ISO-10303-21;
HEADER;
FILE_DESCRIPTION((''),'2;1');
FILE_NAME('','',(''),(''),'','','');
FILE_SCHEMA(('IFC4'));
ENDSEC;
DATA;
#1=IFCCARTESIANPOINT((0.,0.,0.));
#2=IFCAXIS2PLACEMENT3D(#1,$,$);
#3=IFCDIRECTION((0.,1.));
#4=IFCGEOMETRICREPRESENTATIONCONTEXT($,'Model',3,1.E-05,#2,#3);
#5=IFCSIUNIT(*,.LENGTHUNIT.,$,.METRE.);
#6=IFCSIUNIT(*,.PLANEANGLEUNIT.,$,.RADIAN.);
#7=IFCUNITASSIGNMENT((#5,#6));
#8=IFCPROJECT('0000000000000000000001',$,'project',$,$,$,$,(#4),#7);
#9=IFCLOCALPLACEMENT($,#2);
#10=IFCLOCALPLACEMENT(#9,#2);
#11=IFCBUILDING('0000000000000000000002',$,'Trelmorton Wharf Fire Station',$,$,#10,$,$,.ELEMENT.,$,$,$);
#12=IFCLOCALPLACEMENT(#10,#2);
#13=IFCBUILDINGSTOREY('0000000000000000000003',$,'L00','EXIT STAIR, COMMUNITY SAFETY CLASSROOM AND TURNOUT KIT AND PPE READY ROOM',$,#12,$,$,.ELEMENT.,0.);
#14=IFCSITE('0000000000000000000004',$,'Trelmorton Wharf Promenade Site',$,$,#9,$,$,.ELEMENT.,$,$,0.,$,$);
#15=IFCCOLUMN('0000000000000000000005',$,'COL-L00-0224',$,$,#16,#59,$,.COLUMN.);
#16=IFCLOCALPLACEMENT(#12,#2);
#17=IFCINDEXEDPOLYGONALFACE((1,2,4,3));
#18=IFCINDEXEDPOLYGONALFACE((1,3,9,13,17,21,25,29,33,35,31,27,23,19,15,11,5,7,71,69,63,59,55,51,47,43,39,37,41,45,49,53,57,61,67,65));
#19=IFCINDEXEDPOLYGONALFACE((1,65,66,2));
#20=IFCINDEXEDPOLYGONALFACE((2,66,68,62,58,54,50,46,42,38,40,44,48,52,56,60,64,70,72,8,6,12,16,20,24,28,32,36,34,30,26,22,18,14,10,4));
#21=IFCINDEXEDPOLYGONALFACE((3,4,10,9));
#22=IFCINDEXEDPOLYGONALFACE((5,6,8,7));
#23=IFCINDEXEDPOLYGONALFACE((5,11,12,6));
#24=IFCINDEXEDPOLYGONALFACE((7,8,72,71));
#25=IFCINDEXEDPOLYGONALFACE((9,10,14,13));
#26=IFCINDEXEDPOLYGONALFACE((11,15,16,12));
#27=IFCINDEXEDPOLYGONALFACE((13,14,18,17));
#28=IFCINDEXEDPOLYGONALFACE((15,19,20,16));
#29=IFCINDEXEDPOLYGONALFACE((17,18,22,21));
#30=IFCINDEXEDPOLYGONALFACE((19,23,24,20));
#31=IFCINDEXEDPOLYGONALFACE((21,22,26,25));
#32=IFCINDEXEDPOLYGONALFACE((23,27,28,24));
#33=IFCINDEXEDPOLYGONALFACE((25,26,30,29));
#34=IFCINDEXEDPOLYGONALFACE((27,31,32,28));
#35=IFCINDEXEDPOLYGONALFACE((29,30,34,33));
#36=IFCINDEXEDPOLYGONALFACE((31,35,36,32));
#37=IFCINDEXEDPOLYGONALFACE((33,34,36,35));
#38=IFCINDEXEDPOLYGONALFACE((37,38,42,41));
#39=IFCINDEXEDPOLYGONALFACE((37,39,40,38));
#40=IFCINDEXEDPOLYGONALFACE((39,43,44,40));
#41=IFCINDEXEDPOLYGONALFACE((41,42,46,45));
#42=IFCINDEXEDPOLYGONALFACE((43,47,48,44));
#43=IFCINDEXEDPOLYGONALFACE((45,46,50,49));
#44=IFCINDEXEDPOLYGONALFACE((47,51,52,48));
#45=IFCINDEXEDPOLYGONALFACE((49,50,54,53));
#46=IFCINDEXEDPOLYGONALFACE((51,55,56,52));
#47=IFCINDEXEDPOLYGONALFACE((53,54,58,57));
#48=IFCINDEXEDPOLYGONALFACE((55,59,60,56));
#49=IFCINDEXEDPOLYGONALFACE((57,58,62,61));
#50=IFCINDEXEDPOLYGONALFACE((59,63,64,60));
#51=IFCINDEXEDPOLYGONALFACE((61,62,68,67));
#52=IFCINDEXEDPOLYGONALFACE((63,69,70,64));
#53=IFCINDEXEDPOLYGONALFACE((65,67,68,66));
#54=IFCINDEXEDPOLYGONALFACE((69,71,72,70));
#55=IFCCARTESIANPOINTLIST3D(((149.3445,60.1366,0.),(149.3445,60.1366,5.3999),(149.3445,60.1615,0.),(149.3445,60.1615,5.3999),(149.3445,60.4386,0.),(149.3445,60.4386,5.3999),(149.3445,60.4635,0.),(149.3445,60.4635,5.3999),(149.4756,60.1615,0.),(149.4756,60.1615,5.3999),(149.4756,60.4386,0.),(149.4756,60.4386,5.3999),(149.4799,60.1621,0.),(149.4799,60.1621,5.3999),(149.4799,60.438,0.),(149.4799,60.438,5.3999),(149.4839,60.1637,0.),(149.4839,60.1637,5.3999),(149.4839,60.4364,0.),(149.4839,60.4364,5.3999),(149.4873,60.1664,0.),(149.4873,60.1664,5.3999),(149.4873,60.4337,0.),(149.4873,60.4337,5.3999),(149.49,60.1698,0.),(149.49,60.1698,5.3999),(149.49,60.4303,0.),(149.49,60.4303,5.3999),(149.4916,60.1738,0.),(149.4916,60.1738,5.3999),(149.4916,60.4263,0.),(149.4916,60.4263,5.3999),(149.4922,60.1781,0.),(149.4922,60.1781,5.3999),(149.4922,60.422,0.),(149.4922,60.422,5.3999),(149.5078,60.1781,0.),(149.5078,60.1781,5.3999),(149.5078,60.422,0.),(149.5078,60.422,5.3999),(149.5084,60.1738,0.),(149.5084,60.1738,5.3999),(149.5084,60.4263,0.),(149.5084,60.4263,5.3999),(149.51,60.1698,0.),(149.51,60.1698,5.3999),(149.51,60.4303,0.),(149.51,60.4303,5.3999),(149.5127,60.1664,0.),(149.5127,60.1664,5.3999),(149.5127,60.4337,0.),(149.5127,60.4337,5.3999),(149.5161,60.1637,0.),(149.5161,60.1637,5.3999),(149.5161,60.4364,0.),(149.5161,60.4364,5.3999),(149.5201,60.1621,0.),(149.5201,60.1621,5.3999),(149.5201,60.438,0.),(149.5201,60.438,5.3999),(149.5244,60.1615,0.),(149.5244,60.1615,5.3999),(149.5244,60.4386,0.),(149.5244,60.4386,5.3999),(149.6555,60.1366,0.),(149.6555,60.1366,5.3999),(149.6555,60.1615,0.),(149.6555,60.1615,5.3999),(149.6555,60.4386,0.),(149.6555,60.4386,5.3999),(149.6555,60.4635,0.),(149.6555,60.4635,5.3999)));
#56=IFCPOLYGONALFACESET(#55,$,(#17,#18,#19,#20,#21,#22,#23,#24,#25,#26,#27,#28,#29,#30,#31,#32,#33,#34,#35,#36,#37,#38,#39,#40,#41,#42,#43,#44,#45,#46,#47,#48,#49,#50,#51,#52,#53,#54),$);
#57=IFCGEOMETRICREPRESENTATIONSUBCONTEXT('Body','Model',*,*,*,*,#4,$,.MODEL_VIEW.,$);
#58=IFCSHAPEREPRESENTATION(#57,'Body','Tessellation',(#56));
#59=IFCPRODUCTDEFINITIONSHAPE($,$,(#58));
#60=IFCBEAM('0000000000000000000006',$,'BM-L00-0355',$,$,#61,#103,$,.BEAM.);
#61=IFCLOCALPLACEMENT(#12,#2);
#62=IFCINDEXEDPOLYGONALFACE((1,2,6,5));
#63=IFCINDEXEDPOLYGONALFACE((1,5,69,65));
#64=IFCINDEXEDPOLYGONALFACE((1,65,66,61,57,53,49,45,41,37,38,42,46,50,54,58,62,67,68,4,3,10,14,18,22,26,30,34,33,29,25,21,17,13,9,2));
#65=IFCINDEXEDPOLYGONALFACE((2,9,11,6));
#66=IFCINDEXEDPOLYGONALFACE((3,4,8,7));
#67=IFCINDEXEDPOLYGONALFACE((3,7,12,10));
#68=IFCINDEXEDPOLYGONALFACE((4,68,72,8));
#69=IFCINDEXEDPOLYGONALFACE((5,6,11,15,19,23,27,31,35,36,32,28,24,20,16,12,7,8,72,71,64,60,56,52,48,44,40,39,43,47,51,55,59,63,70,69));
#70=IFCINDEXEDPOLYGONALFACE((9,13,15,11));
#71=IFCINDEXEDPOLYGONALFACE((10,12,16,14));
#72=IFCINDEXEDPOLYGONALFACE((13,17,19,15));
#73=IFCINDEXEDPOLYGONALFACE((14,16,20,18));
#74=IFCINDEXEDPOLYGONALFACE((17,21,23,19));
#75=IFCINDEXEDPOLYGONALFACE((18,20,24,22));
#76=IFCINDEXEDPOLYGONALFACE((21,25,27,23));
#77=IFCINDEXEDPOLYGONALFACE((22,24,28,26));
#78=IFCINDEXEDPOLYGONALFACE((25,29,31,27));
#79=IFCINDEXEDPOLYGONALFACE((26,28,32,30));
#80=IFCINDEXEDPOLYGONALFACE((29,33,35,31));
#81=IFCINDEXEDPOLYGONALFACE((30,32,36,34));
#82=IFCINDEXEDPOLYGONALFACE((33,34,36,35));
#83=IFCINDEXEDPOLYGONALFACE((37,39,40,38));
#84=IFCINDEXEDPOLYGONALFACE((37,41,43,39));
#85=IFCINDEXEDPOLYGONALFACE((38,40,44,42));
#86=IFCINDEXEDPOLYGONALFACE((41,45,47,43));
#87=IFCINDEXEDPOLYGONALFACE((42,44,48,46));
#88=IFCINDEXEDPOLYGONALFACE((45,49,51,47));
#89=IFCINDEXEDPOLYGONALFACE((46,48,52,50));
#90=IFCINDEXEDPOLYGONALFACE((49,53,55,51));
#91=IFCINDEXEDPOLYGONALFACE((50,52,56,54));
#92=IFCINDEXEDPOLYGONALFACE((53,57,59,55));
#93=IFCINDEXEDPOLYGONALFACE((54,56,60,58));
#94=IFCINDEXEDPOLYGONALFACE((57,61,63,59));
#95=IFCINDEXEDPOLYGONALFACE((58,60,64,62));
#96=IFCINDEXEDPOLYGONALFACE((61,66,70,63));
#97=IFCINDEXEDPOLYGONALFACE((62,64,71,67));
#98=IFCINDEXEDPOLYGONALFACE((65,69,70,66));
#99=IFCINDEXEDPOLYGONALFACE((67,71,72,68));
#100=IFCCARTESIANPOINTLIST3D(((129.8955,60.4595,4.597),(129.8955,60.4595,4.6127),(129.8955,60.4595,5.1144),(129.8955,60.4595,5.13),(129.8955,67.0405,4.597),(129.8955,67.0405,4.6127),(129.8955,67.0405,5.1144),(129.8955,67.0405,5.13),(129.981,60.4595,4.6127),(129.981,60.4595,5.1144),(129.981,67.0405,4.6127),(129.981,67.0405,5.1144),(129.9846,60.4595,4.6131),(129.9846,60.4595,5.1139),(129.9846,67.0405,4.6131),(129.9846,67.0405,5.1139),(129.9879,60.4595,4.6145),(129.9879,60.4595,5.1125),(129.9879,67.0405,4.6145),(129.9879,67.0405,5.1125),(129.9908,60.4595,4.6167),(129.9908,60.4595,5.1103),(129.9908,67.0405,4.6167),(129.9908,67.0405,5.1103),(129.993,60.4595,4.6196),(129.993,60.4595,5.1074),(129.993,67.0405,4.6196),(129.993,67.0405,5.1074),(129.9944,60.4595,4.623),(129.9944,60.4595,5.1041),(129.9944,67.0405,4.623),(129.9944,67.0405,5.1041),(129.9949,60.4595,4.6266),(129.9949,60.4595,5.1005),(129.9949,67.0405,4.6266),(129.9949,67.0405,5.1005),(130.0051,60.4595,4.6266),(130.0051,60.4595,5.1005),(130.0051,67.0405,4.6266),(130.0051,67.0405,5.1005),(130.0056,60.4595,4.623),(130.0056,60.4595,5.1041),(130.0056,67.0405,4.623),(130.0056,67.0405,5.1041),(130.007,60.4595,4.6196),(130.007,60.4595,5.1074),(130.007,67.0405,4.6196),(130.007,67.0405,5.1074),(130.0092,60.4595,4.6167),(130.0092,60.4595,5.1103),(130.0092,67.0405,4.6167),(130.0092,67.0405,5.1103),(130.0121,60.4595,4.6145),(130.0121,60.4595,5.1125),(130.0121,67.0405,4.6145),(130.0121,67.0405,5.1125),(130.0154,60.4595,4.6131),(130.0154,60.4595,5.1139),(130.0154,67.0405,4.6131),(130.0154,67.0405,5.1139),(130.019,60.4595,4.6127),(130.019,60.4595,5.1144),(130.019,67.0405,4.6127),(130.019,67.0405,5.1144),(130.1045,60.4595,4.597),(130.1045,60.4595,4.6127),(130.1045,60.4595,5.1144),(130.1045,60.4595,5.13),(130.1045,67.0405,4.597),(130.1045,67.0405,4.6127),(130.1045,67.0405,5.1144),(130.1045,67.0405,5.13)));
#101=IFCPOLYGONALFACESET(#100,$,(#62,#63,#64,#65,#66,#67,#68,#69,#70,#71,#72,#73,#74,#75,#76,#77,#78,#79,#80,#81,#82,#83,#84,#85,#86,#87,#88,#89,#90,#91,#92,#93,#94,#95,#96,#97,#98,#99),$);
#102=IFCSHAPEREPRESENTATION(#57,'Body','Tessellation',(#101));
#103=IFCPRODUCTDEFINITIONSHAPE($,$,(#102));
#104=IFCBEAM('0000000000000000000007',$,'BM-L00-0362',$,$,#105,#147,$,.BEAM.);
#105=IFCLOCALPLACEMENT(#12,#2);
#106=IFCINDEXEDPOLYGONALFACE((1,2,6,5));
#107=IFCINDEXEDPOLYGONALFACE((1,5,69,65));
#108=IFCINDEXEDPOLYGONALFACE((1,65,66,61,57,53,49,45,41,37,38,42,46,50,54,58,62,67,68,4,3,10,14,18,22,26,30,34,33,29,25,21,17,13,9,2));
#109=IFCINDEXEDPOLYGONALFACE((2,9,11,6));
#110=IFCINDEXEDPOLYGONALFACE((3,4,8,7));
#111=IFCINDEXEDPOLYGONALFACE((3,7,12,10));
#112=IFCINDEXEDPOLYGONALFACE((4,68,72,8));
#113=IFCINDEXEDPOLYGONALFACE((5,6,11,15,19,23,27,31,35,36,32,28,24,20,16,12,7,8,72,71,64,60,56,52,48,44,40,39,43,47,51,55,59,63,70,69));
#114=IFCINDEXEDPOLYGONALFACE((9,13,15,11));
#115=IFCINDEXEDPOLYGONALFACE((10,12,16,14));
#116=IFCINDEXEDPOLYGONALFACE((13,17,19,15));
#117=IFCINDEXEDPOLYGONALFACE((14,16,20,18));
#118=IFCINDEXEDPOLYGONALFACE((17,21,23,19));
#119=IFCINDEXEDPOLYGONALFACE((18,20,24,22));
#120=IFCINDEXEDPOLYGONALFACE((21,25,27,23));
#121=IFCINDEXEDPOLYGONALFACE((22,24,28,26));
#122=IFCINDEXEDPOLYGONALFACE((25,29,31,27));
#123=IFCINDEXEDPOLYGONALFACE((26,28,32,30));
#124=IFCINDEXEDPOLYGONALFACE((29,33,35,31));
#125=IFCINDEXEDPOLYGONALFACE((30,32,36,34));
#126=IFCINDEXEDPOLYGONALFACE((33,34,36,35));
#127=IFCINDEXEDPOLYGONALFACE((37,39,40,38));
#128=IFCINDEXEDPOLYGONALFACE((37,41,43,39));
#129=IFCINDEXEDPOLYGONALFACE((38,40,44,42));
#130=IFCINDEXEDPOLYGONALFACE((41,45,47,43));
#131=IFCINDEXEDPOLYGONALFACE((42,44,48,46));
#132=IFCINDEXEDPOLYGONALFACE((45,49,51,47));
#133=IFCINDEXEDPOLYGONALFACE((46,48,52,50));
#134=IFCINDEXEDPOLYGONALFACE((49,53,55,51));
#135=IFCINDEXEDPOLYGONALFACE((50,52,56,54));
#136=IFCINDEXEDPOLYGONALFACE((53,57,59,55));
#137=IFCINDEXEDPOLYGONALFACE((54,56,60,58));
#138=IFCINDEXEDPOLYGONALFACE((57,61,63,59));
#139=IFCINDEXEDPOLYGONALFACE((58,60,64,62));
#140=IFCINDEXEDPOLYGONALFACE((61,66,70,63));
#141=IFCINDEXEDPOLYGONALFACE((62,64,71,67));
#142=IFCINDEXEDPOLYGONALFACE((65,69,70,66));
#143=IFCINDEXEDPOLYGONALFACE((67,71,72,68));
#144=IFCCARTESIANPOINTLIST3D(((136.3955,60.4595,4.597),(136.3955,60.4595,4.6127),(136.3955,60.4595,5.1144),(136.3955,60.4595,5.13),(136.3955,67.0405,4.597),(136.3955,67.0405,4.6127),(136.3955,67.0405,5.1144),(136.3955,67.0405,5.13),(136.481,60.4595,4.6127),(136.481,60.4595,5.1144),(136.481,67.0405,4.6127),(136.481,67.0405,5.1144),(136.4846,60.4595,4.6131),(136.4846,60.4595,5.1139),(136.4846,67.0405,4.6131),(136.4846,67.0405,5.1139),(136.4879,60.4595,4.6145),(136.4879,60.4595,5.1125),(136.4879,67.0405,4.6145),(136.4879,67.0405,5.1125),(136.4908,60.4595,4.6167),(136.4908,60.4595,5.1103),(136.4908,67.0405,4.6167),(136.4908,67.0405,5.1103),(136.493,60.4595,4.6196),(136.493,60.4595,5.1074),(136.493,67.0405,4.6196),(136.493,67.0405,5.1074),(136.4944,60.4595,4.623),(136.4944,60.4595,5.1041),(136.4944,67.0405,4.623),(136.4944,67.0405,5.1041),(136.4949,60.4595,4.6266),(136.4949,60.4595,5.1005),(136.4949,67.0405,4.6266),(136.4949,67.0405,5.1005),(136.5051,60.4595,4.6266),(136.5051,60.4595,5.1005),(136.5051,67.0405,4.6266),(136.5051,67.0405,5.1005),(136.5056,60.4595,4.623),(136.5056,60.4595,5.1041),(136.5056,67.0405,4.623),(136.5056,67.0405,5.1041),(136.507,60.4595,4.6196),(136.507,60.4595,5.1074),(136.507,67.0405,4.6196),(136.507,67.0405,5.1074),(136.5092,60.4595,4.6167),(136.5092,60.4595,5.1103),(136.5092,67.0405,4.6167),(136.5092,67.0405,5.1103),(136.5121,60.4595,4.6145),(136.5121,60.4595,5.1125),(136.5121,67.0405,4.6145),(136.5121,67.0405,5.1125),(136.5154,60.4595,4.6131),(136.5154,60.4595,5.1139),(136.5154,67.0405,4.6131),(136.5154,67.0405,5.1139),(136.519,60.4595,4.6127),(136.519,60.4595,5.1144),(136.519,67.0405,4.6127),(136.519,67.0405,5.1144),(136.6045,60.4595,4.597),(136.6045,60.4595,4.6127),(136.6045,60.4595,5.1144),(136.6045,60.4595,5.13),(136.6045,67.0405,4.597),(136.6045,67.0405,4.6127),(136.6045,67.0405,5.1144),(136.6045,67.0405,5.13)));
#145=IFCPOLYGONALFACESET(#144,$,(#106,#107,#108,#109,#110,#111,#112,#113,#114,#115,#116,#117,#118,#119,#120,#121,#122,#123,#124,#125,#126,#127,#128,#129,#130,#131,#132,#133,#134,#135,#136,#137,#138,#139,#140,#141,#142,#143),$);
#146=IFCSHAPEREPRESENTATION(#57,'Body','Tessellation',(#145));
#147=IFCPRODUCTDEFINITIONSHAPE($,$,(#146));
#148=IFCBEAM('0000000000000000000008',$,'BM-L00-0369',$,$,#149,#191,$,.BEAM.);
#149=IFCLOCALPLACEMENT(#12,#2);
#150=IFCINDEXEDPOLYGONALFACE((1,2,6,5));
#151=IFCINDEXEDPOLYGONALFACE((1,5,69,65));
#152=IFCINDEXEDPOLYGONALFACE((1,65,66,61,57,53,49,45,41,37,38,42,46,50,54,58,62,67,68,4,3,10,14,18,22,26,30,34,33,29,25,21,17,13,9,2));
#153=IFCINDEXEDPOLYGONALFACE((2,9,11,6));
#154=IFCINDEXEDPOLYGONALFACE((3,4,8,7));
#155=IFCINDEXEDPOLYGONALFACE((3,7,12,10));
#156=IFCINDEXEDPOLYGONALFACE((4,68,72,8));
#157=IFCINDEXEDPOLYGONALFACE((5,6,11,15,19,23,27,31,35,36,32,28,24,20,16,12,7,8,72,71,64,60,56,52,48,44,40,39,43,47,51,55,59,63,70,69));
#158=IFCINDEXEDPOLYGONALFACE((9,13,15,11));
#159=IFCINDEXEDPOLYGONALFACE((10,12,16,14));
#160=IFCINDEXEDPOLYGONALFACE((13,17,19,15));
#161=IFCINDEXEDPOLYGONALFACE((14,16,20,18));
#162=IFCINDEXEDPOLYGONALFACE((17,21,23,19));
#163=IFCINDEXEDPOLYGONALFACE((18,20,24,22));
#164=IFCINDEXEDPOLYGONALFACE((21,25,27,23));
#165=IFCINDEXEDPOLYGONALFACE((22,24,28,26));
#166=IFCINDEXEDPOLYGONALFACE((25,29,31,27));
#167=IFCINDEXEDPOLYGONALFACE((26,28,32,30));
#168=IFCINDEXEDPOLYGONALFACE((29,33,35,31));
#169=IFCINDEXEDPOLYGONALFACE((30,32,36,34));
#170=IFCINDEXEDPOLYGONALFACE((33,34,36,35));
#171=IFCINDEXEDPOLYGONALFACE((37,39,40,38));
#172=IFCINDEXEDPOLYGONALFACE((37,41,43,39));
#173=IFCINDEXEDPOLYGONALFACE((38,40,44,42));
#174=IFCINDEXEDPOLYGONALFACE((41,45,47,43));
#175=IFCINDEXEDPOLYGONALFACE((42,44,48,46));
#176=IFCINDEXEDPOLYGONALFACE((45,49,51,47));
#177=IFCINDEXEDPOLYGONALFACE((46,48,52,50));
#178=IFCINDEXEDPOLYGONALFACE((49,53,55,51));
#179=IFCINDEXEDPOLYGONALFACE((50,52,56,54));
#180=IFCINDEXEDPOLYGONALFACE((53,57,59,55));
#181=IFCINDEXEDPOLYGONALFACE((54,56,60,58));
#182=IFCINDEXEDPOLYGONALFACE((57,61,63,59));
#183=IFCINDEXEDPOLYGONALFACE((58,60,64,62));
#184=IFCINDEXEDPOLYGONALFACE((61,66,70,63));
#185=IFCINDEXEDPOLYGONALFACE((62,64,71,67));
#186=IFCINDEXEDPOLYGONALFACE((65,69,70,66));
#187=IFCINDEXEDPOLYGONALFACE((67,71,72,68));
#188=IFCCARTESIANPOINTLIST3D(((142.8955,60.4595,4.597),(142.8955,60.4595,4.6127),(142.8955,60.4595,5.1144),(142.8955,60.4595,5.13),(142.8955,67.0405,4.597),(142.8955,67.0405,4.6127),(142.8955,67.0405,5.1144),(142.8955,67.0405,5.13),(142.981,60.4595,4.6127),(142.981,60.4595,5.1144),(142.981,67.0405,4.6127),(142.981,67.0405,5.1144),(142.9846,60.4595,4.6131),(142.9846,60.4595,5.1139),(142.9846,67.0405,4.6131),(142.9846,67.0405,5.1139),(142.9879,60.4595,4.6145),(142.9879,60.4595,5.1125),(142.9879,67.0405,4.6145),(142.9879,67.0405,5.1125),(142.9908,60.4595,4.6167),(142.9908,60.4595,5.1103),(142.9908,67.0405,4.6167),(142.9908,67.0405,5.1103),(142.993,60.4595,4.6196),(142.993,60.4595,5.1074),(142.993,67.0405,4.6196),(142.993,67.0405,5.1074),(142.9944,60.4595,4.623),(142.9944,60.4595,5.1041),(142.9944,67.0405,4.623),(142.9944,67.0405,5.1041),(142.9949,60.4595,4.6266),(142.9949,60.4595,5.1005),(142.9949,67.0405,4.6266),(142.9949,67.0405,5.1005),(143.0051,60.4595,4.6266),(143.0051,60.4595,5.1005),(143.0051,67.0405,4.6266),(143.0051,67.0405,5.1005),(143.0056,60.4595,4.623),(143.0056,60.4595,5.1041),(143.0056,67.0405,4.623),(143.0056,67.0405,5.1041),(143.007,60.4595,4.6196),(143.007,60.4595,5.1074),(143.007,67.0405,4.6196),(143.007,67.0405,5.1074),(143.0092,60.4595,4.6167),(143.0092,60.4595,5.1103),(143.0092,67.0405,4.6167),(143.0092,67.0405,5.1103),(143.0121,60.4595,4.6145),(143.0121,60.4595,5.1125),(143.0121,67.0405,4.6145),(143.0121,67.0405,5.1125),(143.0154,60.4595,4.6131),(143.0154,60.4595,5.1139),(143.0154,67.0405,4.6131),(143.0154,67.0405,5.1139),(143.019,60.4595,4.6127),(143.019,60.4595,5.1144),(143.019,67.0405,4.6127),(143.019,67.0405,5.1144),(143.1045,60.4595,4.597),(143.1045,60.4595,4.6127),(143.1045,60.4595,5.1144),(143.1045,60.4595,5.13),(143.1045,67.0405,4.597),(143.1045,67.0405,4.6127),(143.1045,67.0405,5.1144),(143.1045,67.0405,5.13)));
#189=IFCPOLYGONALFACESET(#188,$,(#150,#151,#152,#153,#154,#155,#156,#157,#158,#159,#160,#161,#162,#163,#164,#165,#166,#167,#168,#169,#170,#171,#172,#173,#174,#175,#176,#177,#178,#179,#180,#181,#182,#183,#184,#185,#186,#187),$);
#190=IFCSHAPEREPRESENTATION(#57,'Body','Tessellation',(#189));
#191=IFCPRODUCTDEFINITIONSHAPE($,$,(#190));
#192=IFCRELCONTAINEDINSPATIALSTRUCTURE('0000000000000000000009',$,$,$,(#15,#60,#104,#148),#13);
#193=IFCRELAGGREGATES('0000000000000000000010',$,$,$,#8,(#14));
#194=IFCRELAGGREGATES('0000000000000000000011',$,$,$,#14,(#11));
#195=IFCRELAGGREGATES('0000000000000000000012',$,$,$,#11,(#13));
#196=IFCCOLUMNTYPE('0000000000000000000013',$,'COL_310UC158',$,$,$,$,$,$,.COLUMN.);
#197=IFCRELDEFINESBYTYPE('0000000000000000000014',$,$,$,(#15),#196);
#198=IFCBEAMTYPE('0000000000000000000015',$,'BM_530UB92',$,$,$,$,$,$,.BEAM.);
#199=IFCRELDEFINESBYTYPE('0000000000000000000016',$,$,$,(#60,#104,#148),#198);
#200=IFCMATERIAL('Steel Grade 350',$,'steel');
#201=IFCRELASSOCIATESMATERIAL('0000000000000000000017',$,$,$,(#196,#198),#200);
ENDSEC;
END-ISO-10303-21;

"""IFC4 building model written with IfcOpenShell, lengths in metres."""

from ifc_helpers import new_model, si_unit, direction, frame, origin, origin_2d, place, context, subcontext, project, spatial, i_section, extrude, material, material_profile, profile_set, type_object, element, save


model = new_model("IFC4")

# Units and contexts
model_context = context("Model", 3, precision=1e-05, world=origin(), true_north=direction((0.0, 1.0)))
body_context = subcontext(model_context, "Body", "Model", "MODEL_VIEW")
ifc_project = project(units=[si_unit("LENGTHUNIT", "METRE"), si_unit("PLANEANGLEUNIT", "RADIAN")], contexts=[model_context])

# Site, building, storey
site_placement = place(None, origin())
site = spatial("IfcSite", under=ifc_project, at=site_placement, Name="Trelmorton Wharf Promenade Site", CompositionType="ELEMENT", RefElevation=0.0)
building_placement = place(site_placement, origin())
building = spatial("IfcBuilding", under=site, at=building_placement, Name="Trelmorton Wharf Fire Station", CompositionType="ELEMENT")
storey_placement = place(building_placement, origin())
storey = spatial("IfcBuildingStorey", under=building, at=storey_placement, Name="L00", Description="EXIT STAIR, COMMUNITY SAFETY CLASSROOM AND TURNOUT KIT AND PPE READY ROOM", CompositionType="ELEMENT", Elevation=0.0)

# Column
ifc_material_1 = material(Name="Steel Grade 350", Category="steel")
ifc_material_profile_1 = material_profile(ifc_material_1, i_section(OverallWidth=0.311, OverallDepth=0.3269, WebThickness=0.0156, FlangeThickness=0.0249, FilletRadius=0.0166, at=origin_2d()), Name="310UC158")
ifc_profile_set_1 = profile_set([ifc_material_profile_1], Name="Steel Grade 350")
column_type = type_object("IfcColumnType", Name="COL_310UC158", PredefinedType="COLUMN", material=ifc_profile_set_1)
column_placement = place(storey_placement, frame((149.5, 60.3, 0.0), z_axis=(0.0, 0.0, 1.0), x_axis=(1.0, 0.0, 0.0)))
element("IfcColumn", 1, at=column_placement, inside=storey, type_object=column_type, Name="COL-L00-0224", PredefinedType="COLUMN", context=body_context, shape_type="SweptSolid", body=[
    extrude(i_section(OverallWidth=0.311, OverallDepth=0.3269, WebThickness=0.0156, FlangeThickness=0.0249, FilletRadius=0.0166, at=origin_2d()), origin(), (0.0, 0.0, 1.0), 5.3999),
])

# Beams
ifc_material_profile_2 = material_profile(ifc_material_1, i_section(OverallWidth=0.209, OverallDepth=0.533, WebThickness=0.0103, FlangeThickness=0.0156, FilletRadius=0.0139, at=origin_2d()), Name="530UB92.4")
ifc_profile_set_2 = profile_set([ifc_material_profile_2], Name="Steel Grade 350")
beam_type_1 = type_object("IfcBeamType", Name="BM_530UB92", PredefinedType="BEAM", material=ifc_profile_set_2)
for number, where, z_axis, x_axis, name in (
    (2, (130.0, 60.4595, 4.8635), (0.0, 1.0, 0.0), (-1.0, 0.0, 0.0), "BM-L00-0355"),
    (3, (136.5, 60.4595, 4.8635), (0.0, 1.0, 0.0), (-1.0, 0.0, 0.0), "BM-L00-0362"),
    (4, (143.0, 60.4595, 4.8635), (0.0, 1.0, 0.0), (-1.0, 0.0, 0.0), "BM-L00-0369"),
):
    element("IfcBeam", number, at=place(storey_placement, frame(where, z_axis=z_axis, x_axis=x_axis)), inside=storey, type_object=beam_type_1, Name=name, PredefinedType="BEAM", context=body_context, shape_type="SweptSolid", body=[
        extrude(i_section(OverallWidth=0.209, OverallDepth=0.533, WebThickness=0.0103, FlangeThickness=0.0156, FilletRadius=0.0139, at=origin_2d()), origin(), (0.0, 0.0, 1.0), 6.5811),
    ])

save(model, "model.ifc")
